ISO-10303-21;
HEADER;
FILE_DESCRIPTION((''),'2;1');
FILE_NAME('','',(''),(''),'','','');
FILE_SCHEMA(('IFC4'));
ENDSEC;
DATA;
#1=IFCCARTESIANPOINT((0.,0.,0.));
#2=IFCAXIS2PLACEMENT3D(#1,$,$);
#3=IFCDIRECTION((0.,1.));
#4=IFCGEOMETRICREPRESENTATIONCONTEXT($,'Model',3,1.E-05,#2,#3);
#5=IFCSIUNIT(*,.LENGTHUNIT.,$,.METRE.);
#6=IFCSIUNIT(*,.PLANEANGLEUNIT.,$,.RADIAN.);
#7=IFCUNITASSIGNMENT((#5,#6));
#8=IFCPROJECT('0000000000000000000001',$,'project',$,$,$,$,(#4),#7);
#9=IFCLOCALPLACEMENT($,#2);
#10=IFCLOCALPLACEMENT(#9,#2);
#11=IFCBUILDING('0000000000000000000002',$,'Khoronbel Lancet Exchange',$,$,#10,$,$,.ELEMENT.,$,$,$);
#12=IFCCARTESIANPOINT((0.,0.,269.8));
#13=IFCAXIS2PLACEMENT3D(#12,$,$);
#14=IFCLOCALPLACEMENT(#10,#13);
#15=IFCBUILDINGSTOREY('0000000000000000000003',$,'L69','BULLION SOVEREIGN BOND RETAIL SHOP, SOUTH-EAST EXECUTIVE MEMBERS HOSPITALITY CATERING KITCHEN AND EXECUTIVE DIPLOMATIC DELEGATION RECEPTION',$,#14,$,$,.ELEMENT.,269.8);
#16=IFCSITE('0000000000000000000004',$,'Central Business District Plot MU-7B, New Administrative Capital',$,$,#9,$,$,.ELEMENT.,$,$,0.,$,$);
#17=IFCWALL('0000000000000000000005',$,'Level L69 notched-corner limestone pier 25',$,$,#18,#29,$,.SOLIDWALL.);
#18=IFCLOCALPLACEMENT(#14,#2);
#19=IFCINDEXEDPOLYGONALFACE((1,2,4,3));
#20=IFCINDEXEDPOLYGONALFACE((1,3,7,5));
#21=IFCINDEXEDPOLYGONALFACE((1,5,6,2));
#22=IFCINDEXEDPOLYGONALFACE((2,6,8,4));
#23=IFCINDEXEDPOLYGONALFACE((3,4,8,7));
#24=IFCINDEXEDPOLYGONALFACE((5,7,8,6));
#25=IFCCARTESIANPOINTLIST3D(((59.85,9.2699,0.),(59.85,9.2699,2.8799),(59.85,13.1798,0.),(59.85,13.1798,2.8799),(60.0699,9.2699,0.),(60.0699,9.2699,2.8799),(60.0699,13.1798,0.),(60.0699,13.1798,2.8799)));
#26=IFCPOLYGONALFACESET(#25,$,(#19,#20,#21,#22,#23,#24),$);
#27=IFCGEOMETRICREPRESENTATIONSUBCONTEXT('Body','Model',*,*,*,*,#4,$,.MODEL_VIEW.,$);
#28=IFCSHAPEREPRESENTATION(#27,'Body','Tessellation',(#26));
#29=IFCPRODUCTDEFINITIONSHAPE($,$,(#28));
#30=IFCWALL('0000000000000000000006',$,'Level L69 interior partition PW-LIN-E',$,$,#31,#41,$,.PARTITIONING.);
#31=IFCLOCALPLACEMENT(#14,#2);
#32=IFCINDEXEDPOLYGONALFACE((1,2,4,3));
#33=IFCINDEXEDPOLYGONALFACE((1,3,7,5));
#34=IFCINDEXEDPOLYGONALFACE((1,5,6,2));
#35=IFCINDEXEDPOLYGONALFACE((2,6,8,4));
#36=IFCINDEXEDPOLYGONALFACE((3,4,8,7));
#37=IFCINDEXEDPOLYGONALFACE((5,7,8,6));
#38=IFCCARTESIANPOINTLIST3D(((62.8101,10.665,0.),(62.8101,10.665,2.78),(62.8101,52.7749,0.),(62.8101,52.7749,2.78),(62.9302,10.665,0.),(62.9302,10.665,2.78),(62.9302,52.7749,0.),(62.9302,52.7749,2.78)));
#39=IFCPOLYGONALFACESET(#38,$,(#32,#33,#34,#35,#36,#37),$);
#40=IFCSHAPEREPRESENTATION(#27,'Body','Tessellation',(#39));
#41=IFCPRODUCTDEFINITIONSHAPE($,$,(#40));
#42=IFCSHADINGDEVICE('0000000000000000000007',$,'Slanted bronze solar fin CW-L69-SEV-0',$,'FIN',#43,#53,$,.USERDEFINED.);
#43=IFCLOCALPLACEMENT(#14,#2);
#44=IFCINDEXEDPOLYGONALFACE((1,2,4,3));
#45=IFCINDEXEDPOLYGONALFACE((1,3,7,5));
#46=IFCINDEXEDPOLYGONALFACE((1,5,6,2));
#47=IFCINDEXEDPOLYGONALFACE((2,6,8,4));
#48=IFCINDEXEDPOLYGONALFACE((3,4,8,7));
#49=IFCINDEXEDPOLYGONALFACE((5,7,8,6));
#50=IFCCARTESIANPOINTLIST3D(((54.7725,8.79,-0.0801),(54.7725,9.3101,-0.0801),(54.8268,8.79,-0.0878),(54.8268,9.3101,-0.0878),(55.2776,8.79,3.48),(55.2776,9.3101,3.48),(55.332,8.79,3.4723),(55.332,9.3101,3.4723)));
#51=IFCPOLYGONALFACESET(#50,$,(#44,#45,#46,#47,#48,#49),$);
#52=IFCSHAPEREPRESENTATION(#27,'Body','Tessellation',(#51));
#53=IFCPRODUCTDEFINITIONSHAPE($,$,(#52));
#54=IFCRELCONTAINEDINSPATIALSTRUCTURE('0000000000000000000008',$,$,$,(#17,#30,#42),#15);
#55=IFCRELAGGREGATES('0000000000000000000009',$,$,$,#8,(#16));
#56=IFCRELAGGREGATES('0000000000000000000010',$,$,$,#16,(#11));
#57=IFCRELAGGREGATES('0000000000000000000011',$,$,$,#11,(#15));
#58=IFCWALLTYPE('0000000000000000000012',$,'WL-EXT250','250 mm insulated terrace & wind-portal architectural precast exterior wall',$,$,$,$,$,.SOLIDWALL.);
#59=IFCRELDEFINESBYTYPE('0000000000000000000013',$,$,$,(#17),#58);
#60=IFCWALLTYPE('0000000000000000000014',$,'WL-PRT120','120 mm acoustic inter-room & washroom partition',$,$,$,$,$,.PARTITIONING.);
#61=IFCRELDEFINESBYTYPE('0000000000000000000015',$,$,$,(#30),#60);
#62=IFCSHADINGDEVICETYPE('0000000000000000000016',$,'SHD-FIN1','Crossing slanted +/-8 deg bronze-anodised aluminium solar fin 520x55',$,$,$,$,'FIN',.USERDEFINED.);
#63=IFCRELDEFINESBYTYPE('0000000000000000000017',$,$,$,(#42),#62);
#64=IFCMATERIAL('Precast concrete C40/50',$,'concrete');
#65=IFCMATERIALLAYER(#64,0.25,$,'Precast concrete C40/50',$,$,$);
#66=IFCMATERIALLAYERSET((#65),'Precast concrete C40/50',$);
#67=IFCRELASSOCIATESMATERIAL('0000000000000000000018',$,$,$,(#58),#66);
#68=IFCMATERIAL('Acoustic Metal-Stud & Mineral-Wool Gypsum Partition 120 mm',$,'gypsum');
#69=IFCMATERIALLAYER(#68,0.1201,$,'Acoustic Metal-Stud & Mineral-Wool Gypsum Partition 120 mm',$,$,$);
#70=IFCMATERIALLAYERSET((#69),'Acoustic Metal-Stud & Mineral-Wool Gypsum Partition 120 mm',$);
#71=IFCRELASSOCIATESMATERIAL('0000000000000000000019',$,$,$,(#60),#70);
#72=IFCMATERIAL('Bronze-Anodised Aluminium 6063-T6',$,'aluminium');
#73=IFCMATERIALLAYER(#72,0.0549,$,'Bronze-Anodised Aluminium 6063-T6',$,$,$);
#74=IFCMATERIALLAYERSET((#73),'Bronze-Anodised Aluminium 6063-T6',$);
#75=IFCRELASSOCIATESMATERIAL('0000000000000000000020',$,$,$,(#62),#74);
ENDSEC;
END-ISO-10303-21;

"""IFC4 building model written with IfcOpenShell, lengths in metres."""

from ifc_helpers import new_model, si_unit, direction, frame, frame_2d, origin, place, context, subcontext, project, spatial, polyline, rectangle, outline, extrude, material, layer, layer_set, type_object, element, save


model = new_model("IFC4")

# Units and contexts
model_context = context("Model", 3, precision=1e-05, world=origin(), true_north=direction((0.0, 1.0)))
body_context = subcontext(model_context, "Body", "Model", "MODEL_VIEW")
ifc_project = project(units=[si_unit("LENGTHUNIT", "METRE"), si_unit("PLANEANGLEUNIT", "RADIAN")], contexts=[model_context])

# Site, building, storey
site_placement = place(None, origin())
site = spatial("IfcSite", under=ifc_project, at=site_placement, Name="Central Business District Plot MU-7B, New Administrative Capital", CompositionType="ELEMENT", RefElevation=0.0)
building_placement = place(site_placement, origin())
building = spatial("IfcBuilding", under=site, at=building_placement, Name="Khoronbel Lancet Exchange", CompositionType="ELEMENT")
storey_placement = place(building_placement, frame((0.0, 0.0, 269.8)))
storey = spatial("IfcBuildingStorey", under=building, at=storey_placement, Name="L69", Description="BULLION SOVEREIGN BOND RETAIL SHOP, SOUTH-EAST EXECUTIVE MEMBERS HOSPITALITY CATERING KITCHEN AND EXECUTIVE DIPLOMATIC DELEGATION RECEPTION", CompositionType="ELEMENT", Elevation=269.8)

# Shared definitions
ifc_material_1 = material(Name="Bronze-Anodised Aluminium 6063-T6", Category="aluminium")

# Walls
ifc_material_2 = material(Name="Precast concrete C40/50", Category="concrete")
ifc_layer_1 = layer(ifc_material_2, 0.25, Name="Precast concrete C40/50")
ifc_layer_set_1 = layer_set([ifc_layer_1], Name="Precast concrete C40/50")
wall_type_1 = type_object("IfcWallType", Name="WL-EXT250", Description="250 mm insulated terrace & wind-portal architectural precast exterior wall", PredefinedType="SOLIDWALL", material=ifc_layer_set_1)
wall_1_placement = place(storey_placement, frame((59.96, 13.1799, 0.0), z_axis=(0.0, 0.0, 1.0), x_axis=(0.0, -1.0, 0.0)))
element("IfcWall", 1, at=wall_1_placement, inside=storey, type_object=wall_type_1, Name="Level L69 notched-corner limestone pier 25", PredefinedType="SOLIDWALL", context=body_context, shape_type="SweptSolid", body=[
    extrude(rectangle(XDim=3.9099, YDim=0.22, at=frame_2d((1.9551, 0.0))), origin(), (0.0, 0.0, 1.0), 2.8799),
])
ifc_material_3 = material(Name="Acoustic Metal-Stud & Mineral-Wool Gypsum Partition 120 mm", Category="gypsum")
ifc_layer_2 = layer(ifc_material_3, 0.1201, Name="Acoustic Metal-Stud & Mineral-Wool Gypsum Partition 120 mm")
ifc_layer_set_2 = layer_set([ifc_layer_2], Name="Acoustic Metal-Stud & Mineral-Wool Gypsum Partition 120 mm")
wall_type_2 = type_object("IfcWallType", Name="WL-PRT120", Description="120 mm acoustic inter-room & washroom partition", PredefinedType="PARTITIONING", material=ifc_layer_set_2)
wall_2_placement = place(storey_placement, frame((62.8701, 10.665, 0.0), z_axis=(0.0, 0.0, 1.0), x_axis=(0.0, 1.0, 0.0)))
element("IfcWall", 2, at=wall_2_placement, inside=storey, type_object=wall_type_2, Name="Level L69 interior partition PW-LIN-E", PredefinedType="PARTITIONING", context=body_context, shape_type="SweptSolid", body=[
    extrude(rectangle(XDim=42.1099, YDim=0.1201, at=frame_2d((21.0549, 0.0))), origin(), (0.0, 0.0, 1.0), 2.78),
])

# Shading device
ifc_layer_3 = layer(ifc_material_1, 0.0549, Name="Bronze-Anodised Aluminium 6063-T6")
ifc_layer_set_3 = layer_set([ifc_layer_3], Name="Bronze-Anodised Aluminium 6063-T6")
shading_device_type = type_object("IfcShadingDeviceType", Name="SHD-FIN1", Description="Crossing slanted +/-8 deg bronze-anodised aluminium solar fin 520x55", ElementType="FIN", PredefinedType="USERDEFINED", material=ifc_layer_set_3)
shading_device_placement = place(storey_placement, frame((54.7725, 9.3101, -0.0801), z_axis=(-0.990083, 0.0, 0.14048), x_axis=(0.0, -1.0, 0.0)))
element("IfcShadingDevice", 3, at=shading_device_placement, inside=storey, type_object=shading_device_type, Name="Slanted bronze solar fin CW-L69-SEV-0", ObjectType="FIN", PredefinedType="USERDEFINED", context=body_context, shape_type="SweptSolid", body=[
    extrude(outline(polyline([(0.0, 0.0), (0.52, 0.0), (0.52, 3.5957), (0.0, 3.5957), (0.0, 0.0)])), origin(), (0.0, 0.0, -1.0), 0.0549),
])

save(model, "model.ifc")
